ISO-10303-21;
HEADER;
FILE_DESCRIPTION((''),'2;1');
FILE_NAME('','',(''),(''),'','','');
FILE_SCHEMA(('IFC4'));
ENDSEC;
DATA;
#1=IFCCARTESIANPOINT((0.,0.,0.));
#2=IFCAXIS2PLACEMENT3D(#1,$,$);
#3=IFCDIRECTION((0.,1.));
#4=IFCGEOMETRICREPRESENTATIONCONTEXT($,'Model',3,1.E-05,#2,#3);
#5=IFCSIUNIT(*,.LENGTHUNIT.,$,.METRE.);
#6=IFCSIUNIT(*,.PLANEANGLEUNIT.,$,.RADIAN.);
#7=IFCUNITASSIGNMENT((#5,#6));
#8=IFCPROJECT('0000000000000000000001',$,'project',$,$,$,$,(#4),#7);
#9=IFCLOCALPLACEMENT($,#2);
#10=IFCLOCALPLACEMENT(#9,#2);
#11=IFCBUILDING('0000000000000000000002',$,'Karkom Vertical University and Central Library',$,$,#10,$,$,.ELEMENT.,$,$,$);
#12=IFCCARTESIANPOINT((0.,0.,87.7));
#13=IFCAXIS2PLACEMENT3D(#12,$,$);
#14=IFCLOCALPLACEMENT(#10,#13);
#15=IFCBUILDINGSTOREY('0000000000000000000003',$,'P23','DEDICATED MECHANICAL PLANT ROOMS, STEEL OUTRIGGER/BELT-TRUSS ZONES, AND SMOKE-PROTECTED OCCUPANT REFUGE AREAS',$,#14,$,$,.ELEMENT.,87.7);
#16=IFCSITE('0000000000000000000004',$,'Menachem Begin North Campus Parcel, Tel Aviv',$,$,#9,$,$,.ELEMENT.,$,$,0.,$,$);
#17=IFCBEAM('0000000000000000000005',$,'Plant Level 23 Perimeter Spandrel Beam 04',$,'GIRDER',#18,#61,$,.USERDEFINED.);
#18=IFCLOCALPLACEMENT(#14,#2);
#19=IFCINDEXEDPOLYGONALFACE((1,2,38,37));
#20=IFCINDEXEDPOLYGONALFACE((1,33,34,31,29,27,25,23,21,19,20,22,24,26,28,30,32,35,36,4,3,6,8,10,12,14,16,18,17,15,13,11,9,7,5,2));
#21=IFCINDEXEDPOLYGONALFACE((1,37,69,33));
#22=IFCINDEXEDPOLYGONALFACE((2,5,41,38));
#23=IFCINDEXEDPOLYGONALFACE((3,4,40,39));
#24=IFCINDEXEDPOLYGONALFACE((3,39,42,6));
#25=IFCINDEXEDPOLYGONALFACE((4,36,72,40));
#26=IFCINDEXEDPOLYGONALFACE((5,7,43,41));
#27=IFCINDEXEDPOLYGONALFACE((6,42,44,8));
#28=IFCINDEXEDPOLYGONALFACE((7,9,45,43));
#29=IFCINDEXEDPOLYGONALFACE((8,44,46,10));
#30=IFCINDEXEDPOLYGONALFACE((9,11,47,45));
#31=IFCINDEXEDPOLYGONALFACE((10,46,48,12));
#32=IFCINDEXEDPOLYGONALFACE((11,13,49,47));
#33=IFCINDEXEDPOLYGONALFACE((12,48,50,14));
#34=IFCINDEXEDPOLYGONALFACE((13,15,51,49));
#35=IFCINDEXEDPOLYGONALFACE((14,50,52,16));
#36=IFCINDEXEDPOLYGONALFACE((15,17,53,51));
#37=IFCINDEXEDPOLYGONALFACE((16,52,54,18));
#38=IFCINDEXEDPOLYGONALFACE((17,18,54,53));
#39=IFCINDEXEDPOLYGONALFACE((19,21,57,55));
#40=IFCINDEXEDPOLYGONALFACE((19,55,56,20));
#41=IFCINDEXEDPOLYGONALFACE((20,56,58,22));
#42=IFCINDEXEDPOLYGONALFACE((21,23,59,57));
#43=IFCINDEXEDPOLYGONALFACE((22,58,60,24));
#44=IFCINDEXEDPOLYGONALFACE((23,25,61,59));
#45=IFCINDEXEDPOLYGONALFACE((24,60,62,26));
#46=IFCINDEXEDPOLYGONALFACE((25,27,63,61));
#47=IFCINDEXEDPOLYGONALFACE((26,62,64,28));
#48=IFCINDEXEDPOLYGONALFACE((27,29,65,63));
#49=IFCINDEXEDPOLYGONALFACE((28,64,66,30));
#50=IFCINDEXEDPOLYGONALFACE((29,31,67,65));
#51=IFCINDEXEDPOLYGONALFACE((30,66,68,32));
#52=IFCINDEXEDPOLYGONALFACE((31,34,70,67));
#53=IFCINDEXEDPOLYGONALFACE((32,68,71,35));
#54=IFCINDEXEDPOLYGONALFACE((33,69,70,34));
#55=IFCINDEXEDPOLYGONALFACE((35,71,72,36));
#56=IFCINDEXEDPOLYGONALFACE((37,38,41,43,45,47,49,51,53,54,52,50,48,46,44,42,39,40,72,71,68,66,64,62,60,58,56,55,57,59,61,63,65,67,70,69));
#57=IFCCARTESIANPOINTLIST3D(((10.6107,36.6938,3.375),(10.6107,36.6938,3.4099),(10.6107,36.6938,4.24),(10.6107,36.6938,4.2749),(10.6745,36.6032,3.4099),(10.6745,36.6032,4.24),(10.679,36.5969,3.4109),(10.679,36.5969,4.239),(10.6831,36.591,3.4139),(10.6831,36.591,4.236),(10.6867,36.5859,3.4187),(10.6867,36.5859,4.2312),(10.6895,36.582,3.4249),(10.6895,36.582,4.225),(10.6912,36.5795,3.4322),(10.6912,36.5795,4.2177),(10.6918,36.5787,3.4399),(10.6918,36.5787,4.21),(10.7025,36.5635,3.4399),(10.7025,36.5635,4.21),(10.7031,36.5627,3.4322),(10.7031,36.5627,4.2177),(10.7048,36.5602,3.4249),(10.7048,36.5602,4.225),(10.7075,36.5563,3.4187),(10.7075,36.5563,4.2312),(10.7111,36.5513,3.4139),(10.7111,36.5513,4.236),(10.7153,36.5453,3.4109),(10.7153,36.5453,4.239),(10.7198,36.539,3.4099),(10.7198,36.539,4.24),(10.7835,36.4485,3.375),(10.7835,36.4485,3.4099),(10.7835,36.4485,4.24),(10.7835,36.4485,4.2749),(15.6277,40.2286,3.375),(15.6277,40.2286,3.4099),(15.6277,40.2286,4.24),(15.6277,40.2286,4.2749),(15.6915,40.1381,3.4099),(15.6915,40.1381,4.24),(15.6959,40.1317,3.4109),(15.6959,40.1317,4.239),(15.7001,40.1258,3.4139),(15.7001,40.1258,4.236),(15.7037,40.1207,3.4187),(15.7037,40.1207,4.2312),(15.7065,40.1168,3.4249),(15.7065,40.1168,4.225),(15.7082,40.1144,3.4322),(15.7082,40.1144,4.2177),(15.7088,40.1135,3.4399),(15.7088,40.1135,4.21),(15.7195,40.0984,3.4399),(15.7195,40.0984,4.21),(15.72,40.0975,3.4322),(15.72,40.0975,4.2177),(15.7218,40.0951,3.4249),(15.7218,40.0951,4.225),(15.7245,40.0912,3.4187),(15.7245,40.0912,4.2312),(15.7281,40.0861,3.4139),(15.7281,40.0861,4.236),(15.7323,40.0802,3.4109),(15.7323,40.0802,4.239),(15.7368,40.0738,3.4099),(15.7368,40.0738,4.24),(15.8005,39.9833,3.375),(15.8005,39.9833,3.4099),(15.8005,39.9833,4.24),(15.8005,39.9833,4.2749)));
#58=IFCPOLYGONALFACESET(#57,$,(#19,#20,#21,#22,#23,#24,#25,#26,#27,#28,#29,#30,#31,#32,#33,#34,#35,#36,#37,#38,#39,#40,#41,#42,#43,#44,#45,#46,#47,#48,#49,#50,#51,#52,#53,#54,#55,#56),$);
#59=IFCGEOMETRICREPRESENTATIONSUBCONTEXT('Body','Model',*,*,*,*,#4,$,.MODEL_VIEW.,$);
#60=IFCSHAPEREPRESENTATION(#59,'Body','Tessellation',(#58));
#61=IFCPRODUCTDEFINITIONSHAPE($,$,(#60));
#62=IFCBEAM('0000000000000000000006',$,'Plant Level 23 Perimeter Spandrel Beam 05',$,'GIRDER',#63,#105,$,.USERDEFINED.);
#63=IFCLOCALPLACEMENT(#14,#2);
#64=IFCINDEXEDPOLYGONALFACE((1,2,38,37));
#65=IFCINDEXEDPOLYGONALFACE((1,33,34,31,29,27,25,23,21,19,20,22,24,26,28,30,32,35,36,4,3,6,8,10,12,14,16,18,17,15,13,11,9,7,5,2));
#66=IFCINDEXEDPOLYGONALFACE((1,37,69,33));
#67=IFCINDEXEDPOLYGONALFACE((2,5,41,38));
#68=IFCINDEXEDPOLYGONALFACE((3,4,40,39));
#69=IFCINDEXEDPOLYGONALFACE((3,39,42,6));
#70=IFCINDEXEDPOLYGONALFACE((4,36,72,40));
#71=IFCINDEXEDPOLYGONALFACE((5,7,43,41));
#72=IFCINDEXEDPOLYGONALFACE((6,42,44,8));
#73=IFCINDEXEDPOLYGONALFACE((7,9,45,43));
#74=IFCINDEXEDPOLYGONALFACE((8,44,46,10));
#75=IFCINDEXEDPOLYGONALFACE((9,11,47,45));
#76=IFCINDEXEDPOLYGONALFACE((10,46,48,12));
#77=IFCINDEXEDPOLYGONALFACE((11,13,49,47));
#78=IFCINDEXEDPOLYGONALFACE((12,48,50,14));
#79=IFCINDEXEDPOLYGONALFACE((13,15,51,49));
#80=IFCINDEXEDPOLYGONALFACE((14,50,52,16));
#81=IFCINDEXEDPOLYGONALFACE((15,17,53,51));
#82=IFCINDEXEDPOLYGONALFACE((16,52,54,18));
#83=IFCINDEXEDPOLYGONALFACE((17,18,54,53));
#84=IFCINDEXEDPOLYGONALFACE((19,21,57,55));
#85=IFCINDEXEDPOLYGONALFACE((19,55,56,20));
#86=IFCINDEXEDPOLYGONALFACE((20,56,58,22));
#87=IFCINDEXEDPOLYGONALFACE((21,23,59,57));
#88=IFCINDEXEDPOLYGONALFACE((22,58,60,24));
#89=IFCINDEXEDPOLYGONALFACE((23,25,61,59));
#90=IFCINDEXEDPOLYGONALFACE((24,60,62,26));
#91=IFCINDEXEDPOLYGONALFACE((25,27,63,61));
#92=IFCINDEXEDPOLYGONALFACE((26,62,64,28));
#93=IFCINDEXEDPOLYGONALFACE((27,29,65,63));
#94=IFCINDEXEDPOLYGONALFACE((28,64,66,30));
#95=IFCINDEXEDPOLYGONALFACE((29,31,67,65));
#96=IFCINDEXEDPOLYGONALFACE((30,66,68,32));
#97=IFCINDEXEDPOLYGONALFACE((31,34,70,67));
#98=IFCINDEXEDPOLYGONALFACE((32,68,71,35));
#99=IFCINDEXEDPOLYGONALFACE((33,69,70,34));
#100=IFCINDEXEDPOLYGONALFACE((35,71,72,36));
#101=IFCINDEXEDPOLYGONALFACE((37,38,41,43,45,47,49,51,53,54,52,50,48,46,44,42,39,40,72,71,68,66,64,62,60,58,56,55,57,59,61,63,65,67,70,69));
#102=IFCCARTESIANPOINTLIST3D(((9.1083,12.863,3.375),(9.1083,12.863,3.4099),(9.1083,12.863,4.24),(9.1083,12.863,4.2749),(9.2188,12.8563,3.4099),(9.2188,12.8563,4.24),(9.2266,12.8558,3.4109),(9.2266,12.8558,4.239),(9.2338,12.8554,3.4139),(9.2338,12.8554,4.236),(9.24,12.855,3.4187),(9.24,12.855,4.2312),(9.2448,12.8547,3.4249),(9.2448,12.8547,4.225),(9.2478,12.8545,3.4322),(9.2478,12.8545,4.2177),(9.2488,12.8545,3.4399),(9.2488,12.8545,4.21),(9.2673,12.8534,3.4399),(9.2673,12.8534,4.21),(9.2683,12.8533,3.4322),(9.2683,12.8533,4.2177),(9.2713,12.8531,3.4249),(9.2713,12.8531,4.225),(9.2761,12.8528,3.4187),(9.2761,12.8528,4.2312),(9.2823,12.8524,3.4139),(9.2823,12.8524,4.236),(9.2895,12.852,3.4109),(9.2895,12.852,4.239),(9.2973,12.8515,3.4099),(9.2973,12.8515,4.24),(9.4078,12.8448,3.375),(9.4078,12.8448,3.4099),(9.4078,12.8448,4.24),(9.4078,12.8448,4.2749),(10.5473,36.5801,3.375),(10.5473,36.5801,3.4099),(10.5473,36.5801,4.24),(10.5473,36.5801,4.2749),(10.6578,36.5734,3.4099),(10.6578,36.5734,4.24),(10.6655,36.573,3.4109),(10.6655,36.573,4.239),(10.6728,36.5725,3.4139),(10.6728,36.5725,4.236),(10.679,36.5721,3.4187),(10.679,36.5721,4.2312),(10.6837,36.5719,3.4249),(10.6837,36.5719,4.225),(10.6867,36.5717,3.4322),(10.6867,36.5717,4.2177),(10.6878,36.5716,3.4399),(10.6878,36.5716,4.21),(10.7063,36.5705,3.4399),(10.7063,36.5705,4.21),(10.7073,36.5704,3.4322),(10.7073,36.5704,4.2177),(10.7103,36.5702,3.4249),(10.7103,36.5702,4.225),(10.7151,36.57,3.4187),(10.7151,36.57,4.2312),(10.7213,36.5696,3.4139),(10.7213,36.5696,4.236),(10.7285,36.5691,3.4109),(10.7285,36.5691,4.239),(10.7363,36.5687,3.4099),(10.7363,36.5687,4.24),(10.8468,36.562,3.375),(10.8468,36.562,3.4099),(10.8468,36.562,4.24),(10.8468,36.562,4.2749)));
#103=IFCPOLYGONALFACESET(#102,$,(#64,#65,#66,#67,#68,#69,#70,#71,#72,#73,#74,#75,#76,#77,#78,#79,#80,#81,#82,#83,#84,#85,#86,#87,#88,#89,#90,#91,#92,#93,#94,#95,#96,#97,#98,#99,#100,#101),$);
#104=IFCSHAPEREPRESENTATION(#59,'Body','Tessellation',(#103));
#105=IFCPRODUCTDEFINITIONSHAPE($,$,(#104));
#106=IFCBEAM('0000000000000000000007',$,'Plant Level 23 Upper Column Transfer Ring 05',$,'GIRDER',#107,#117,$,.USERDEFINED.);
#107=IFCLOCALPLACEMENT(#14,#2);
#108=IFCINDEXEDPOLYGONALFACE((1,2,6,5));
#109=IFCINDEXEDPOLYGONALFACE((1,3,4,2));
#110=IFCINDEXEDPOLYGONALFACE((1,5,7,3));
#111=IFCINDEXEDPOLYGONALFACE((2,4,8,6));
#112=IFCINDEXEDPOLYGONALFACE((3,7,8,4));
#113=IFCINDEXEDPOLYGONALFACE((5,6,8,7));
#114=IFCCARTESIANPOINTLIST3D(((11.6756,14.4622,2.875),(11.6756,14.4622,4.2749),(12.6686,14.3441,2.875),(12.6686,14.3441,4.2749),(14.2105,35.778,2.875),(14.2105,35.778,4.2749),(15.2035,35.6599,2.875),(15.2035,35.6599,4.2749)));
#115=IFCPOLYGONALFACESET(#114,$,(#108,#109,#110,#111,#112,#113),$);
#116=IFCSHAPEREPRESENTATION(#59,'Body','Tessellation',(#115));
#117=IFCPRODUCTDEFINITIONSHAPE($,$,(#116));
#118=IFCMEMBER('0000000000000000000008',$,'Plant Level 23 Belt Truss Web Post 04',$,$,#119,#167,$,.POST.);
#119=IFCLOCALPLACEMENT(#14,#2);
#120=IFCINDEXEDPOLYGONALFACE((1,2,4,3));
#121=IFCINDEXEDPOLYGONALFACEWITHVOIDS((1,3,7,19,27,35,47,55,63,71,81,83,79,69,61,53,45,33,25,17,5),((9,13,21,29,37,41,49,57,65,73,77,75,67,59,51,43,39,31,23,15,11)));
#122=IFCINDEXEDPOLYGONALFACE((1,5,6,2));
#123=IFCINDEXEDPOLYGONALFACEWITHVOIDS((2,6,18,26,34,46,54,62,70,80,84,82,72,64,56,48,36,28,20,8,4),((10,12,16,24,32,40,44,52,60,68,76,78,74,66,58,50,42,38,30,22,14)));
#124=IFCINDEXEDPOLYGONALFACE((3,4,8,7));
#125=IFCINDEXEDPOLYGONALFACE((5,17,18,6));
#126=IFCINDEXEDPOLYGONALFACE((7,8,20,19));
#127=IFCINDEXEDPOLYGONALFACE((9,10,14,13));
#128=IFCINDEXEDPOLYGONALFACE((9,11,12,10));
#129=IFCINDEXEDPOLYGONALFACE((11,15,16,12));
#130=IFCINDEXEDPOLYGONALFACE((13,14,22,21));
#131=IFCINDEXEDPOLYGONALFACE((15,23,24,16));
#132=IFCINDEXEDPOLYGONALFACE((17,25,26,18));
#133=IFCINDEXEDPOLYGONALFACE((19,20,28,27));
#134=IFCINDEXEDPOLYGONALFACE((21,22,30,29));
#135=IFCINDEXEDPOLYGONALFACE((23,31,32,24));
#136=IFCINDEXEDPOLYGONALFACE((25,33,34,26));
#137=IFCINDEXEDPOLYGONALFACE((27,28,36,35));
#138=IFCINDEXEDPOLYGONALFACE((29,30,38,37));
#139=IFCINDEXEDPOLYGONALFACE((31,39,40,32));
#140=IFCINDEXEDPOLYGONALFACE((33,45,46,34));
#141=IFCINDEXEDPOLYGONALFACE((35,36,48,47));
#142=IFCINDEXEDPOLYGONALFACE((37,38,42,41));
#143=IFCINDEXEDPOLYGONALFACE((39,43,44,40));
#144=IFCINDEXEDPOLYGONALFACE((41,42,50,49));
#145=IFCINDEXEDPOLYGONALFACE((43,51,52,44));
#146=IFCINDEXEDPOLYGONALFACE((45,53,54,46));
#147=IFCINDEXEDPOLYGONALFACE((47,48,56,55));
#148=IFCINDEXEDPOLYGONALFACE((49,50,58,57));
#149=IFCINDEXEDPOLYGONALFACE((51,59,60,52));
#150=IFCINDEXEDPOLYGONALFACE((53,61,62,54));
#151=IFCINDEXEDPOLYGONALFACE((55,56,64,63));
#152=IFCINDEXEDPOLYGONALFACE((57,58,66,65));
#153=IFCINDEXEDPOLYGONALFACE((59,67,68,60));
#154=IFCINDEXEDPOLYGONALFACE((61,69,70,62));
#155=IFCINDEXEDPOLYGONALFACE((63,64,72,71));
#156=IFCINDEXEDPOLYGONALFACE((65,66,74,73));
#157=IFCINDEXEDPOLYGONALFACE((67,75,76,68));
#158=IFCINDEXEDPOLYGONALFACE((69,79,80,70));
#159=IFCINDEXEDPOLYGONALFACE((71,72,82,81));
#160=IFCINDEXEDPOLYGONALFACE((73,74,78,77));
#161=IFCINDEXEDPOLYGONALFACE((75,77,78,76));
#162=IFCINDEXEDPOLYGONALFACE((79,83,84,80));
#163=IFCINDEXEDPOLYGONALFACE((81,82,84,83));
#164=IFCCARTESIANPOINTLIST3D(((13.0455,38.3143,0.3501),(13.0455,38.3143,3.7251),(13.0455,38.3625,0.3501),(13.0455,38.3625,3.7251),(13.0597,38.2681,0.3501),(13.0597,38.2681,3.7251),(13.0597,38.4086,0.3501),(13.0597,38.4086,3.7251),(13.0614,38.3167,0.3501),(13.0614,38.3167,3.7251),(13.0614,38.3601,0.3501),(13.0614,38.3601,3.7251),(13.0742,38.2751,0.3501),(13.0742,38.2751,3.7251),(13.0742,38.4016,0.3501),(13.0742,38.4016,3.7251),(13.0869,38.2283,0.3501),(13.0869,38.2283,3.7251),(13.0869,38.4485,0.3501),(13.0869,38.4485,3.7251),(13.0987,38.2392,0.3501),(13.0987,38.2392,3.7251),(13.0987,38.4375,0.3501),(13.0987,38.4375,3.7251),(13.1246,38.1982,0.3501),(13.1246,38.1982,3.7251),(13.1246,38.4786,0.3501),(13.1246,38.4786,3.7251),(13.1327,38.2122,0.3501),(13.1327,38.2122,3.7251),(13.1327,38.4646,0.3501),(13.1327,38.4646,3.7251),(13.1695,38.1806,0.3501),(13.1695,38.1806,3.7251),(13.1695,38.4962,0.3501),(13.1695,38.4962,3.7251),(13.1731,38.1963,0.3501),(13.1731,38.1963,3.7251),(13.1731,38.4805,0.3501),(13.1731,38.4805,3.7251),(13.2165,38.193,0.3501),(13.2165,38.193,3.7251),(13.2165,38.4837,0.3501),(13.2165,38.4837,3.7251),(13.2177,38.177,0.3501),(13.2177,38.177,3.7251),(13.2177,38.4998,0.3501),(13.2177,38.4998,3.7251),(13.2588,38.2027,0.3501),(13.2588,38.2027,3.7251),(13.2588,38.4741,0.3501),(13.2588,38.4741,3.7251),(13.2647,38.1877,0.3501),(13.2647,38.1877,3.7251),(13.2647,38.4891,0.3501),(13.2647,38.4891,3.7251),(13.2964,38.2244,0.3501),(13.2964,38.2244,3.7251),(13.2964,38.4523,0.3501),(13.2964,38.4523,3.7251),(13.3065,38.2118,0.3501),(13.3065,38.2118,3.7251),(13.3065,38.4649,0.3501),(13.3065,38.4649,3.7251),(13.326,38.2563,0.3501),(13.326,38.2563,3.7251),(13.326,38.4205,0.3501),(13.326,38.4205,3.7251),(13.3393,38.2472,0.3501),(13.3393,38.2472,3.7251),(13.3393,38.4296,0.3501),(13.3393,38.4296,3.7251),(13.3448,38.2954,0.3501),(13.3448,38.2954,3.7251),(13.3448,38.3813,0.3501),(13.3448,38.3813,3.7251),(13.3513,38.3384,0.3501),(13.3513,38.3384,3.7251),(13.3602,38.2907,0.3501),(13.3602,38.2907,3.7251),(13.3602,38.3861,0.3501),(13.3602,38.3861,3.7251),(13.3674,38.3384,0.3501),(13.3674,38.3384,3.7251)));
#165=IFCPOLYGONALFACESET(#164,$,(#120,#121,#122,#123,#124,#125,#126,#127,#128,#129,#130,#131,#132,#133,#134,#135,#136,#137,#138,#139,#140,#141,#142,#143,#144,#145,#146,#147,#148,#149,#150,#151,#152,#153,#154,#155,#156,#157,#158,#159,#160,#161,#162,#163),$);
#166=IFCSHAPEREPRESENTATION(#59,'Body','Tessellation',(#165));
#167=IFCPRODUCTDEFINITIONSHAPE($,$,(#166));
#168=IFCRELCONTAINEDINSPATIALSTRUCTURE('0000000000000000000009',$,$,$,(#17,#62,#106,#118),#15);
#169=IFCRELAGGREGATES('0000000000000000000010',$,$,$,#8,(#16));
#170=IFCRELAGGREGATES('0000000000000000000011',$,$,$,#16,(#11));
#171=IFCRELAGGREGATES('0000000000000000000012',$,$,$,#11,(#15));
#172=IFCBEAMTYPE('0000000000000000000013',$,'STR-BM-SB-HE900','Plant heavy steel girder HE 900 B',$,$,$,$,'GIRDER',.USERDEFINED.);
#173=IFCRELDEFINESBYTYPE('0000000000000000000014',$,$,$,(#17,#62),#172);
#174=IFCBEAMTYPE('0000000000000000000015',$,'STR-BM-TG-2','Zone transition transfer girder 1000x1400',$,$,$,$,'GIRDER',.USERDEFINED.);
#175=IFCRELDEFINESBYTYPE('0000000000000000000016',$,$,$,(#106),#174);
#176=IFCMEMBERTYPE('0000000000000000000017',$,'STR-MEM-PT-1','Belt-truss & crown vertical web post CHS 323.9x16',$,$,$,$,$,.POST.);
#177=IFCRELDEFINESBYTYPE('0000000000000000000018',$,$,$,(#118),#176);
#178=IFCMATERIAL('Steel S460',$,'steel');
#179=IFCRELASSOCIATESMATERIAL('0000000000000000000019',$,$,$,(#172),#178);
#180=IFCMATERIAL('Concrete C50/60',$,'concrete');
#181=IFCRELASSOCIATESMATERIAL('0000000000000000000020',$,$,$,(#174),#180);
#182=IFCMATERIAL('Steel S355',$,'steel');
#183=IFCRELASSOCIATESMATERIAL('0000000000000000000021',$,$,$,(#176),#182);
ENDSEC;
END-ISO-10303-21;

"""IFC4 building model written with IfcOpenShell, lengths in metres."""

from ifc_helpers import new_model, si_unit, direction, frame, origin, origin_with_axes, origin_2d, place, context, subcontext, project, spatial, rectangle, hollow_circle, i_section, extrude, source, transform, mapped, material, material_profile, profile_set, type_object, element, save


model = new_model("IFC4")

# Units and contexts
model_context = context("Model", 3, precision=1e-05, world=origin(), true_north=direction((0.0, 1.0)))
body_context = subcontext(model_context, "Body", "Model", "MODEL_VIEW")
ifc_project = project(units=[si_unit("LENGTHUNIT", "METRE"), si_unit("PLANEANGLEUNIT", "RADIAN")], contexts=[model_context])

# Site, building, storey
site_placement = place(None, origin())
site = spatial("IfcSite", under=ifc_project, at=site_placement, Name="Menachem Begin North Campus Parcel, Tel Aviv", CompositionType="ELEMENT", RefElevation=0.0)
building_placement = place(site_placement, origin())
building = spatial("IfcBuilding", under=site, at=building_placement, Name="Karkom Vertical University and Central Library", CompositionType="ELEMENT")
storey_placement = place(building_placement, frame((0.0, 0.0, 87.7)))
storey = spatial("IfcBuildingStorey", under=building, at=storey_placement, Name="P23", Description="DEDICATED MECHANICAL PLANT ROOMS, STEEL OUTRIGGER/BELT-TRUSS ZONES, AND SMOKE-PROTECTED OCCUPANT REFUGE AREAS", CompositionType="ELEMENT", Elevation=87.7)

# Shared definitions
ifc_material_1 = material(Name="Concrete C50/60", Category="concrete")

# Beams
ifc_material_2 = material(Name="Steel S355", Category="steel")
ifc_material_3 = material(Name="Steel S460", Category="steel")
ifc_material_profile_1 = material_profile(ifc_material_3, i_section(OverallWidth=0.3, OverallDepth=0.8999, WebThickness=0.0186, FlangeThickness=0.0349, FilletRadius=0.03, at=origin_2d()), Name="HE 900 B")
ifc_profile_set_1 = profile_set([ifc_material_profile_1], Name="Steel S460")
beam_type_1 = type_object("IfcBeamType", Name="STR-BM-SB-HE900", Description="Plant heavy steel girder HE 900 B", ElementType="GIRDER", PredefinedType="USERDEFINED", material=ifc_profile_set_1)
shared_shape_1 = source(origin_with_axes(), body_context, "Body", "SweptSolid", [
    extrude(i_section(OverallWidth=0.3, OverallDepth=0.8999, WebThickness=0.0186, FlangeThickness=0.0349, FilletRadius=0.03, at=origin_2d()), origin(), (0.0, 0.0, 1.0), 6.1372),
])
beam_1_placement = place(storey_placement, frame((15.7141, 40.106, 3.825), z_axis=(-0.817471, -0.575969, 0.0), x_axis=(0.575969, -0.817471, 0.0)))
element("IfcBeam", 1, at=beam_1_placement, inside=storey, type_object=beam_type_1, Name="Plant Level 23 Perimeter Spandrel Beam 04", ObjectType="GIRDER", PredefinedType="USERDEFINED", context=body_context, shape_type="MappedRepresentation", body=[
    mapped(shared_shape_1, transform((0.0, 0.0, 0.0), scale=1.0)),
])
shared_shape_2 = source(origin_with_axes(), body_context, "Body", "SweptSolid", [
    extrude(i_section(OverallWidth=0.3, OverallDepth=0.8999, WebThickness=0.0186, FlangeThickness=0.0349, FilletRadius=0.03, at=origin_2d()), origin(), (0.0, 0.0, 1.0), 23.7607),
])
beam_2_placement = place(storey_placement, frame((10.697, 36.571, 3.825), z_axis=(-0.060561, -0.998165, 0.0), x_axis=(0.998165, -0.060561, 0.0)))
element("IfcBeam", 2, at=beam_2_placement, inside=storey, type_object=beam_type_1, Name="Plant Level 23 Perimeter Spandrel Beam 05", ObjectType="GIRDER", PredefinedType="USERDEFINED", context=body_context, shape_type="MappedRepresentation", body=[
    mapped(shared_shape_2, transform((0.0, 0.0, 0.0), scale=1.0)),
])
ifc_material_profile_2 = material_profile(ifc_material_1, rectangle(XDim=1.0, YDim=1.3999, at=origin_2d()), Name="TG-1000x1400")
ifc_profile_set_2 = profile_set([ifc_material_profile_2], Name="Concrete C50/60")
beam_type_2 = type_object("IfcBeamType", Name="STR-BM-TG-2", Description="Zone transition transfer girder 1000x1400", ElementType="GIRDER", PredefinedType="USERDEFINED", material=ifc_profile_set_2)
shared_shape_3 = source(origin_with_axes(), body_context, "Body", "SweptSolid", [
    extrude(rectangle(XDim=1.0, YDim=1.3999, at=origin_2d()), origin(), (0.0, 0.0, 1.0), 21.4661),
])
beam_3_placement = place(storey_placement, frame((14.707, 35.719, 3.575), z_axis=(-0.118089, -0.993003, 0.0), x_axis=(0.993003, -0.118089, 0.0)))
element("IfcBeam", 3, at=beam_3_placement, inside=storey, type_object=beam_type_2, Name="Plant Level 23 Upper Column Transfer Ring 05", ObjectType="GIRDER", PredefinedType="USERDEFINED", context=body_context, shape_type="MappedRepresentation", body=[
    mapped(shared_shape_3, transform((0.0, 0.0, 0.0), scale=1.0)),
])

# Member
ifc_material_profile_3 = material_profile(ifc_material_2, hollow_circle(Radius=0.1619, WallThickness=0.0161, at=origin_2d()), Name="CHS 323.9x16")
ifc_profile_set_3 = profile_set([ifc_material_profile_3], Name="Steel S355")
member_type_1 = type_object("IfcMemberType", Name="STR-MEM-PT-1", Description="Belt-truss & crown vertical web post CHS 323.9x16", PredefinedType="POST", material=ifc_profile_set_3)
shared_shape_4 = source(origin_with_axes(), body_context, "Body", "SweptSolid", [
    extrude(hollow_circle(Radius=0.1619, WallThickness=0.0161, at=origin_2d()), origin(), (0.0, 0.0, 1.0), 3.375),
])
member_1_placement = place(storey_placement, frame((13.2056, 38.3384, 0.3501), z_axis=(0.0, 0.0, 1.0), x_axis=(1.0, 0.0, 0.0)))
element("IfcMember", 4, at=member_1_placement, inside=storey, type_object=member_type_1, Name="Plant Level 23 Belt Truss Web Post 04", PredefinedType="POST", context=body_context, shape_type="MappedRepresentation", body=[
    mapped(shared_shape_4, transform((0.0, 0.0, 0.0), scale=1.0)),
])

save(model, "model.ifc")
